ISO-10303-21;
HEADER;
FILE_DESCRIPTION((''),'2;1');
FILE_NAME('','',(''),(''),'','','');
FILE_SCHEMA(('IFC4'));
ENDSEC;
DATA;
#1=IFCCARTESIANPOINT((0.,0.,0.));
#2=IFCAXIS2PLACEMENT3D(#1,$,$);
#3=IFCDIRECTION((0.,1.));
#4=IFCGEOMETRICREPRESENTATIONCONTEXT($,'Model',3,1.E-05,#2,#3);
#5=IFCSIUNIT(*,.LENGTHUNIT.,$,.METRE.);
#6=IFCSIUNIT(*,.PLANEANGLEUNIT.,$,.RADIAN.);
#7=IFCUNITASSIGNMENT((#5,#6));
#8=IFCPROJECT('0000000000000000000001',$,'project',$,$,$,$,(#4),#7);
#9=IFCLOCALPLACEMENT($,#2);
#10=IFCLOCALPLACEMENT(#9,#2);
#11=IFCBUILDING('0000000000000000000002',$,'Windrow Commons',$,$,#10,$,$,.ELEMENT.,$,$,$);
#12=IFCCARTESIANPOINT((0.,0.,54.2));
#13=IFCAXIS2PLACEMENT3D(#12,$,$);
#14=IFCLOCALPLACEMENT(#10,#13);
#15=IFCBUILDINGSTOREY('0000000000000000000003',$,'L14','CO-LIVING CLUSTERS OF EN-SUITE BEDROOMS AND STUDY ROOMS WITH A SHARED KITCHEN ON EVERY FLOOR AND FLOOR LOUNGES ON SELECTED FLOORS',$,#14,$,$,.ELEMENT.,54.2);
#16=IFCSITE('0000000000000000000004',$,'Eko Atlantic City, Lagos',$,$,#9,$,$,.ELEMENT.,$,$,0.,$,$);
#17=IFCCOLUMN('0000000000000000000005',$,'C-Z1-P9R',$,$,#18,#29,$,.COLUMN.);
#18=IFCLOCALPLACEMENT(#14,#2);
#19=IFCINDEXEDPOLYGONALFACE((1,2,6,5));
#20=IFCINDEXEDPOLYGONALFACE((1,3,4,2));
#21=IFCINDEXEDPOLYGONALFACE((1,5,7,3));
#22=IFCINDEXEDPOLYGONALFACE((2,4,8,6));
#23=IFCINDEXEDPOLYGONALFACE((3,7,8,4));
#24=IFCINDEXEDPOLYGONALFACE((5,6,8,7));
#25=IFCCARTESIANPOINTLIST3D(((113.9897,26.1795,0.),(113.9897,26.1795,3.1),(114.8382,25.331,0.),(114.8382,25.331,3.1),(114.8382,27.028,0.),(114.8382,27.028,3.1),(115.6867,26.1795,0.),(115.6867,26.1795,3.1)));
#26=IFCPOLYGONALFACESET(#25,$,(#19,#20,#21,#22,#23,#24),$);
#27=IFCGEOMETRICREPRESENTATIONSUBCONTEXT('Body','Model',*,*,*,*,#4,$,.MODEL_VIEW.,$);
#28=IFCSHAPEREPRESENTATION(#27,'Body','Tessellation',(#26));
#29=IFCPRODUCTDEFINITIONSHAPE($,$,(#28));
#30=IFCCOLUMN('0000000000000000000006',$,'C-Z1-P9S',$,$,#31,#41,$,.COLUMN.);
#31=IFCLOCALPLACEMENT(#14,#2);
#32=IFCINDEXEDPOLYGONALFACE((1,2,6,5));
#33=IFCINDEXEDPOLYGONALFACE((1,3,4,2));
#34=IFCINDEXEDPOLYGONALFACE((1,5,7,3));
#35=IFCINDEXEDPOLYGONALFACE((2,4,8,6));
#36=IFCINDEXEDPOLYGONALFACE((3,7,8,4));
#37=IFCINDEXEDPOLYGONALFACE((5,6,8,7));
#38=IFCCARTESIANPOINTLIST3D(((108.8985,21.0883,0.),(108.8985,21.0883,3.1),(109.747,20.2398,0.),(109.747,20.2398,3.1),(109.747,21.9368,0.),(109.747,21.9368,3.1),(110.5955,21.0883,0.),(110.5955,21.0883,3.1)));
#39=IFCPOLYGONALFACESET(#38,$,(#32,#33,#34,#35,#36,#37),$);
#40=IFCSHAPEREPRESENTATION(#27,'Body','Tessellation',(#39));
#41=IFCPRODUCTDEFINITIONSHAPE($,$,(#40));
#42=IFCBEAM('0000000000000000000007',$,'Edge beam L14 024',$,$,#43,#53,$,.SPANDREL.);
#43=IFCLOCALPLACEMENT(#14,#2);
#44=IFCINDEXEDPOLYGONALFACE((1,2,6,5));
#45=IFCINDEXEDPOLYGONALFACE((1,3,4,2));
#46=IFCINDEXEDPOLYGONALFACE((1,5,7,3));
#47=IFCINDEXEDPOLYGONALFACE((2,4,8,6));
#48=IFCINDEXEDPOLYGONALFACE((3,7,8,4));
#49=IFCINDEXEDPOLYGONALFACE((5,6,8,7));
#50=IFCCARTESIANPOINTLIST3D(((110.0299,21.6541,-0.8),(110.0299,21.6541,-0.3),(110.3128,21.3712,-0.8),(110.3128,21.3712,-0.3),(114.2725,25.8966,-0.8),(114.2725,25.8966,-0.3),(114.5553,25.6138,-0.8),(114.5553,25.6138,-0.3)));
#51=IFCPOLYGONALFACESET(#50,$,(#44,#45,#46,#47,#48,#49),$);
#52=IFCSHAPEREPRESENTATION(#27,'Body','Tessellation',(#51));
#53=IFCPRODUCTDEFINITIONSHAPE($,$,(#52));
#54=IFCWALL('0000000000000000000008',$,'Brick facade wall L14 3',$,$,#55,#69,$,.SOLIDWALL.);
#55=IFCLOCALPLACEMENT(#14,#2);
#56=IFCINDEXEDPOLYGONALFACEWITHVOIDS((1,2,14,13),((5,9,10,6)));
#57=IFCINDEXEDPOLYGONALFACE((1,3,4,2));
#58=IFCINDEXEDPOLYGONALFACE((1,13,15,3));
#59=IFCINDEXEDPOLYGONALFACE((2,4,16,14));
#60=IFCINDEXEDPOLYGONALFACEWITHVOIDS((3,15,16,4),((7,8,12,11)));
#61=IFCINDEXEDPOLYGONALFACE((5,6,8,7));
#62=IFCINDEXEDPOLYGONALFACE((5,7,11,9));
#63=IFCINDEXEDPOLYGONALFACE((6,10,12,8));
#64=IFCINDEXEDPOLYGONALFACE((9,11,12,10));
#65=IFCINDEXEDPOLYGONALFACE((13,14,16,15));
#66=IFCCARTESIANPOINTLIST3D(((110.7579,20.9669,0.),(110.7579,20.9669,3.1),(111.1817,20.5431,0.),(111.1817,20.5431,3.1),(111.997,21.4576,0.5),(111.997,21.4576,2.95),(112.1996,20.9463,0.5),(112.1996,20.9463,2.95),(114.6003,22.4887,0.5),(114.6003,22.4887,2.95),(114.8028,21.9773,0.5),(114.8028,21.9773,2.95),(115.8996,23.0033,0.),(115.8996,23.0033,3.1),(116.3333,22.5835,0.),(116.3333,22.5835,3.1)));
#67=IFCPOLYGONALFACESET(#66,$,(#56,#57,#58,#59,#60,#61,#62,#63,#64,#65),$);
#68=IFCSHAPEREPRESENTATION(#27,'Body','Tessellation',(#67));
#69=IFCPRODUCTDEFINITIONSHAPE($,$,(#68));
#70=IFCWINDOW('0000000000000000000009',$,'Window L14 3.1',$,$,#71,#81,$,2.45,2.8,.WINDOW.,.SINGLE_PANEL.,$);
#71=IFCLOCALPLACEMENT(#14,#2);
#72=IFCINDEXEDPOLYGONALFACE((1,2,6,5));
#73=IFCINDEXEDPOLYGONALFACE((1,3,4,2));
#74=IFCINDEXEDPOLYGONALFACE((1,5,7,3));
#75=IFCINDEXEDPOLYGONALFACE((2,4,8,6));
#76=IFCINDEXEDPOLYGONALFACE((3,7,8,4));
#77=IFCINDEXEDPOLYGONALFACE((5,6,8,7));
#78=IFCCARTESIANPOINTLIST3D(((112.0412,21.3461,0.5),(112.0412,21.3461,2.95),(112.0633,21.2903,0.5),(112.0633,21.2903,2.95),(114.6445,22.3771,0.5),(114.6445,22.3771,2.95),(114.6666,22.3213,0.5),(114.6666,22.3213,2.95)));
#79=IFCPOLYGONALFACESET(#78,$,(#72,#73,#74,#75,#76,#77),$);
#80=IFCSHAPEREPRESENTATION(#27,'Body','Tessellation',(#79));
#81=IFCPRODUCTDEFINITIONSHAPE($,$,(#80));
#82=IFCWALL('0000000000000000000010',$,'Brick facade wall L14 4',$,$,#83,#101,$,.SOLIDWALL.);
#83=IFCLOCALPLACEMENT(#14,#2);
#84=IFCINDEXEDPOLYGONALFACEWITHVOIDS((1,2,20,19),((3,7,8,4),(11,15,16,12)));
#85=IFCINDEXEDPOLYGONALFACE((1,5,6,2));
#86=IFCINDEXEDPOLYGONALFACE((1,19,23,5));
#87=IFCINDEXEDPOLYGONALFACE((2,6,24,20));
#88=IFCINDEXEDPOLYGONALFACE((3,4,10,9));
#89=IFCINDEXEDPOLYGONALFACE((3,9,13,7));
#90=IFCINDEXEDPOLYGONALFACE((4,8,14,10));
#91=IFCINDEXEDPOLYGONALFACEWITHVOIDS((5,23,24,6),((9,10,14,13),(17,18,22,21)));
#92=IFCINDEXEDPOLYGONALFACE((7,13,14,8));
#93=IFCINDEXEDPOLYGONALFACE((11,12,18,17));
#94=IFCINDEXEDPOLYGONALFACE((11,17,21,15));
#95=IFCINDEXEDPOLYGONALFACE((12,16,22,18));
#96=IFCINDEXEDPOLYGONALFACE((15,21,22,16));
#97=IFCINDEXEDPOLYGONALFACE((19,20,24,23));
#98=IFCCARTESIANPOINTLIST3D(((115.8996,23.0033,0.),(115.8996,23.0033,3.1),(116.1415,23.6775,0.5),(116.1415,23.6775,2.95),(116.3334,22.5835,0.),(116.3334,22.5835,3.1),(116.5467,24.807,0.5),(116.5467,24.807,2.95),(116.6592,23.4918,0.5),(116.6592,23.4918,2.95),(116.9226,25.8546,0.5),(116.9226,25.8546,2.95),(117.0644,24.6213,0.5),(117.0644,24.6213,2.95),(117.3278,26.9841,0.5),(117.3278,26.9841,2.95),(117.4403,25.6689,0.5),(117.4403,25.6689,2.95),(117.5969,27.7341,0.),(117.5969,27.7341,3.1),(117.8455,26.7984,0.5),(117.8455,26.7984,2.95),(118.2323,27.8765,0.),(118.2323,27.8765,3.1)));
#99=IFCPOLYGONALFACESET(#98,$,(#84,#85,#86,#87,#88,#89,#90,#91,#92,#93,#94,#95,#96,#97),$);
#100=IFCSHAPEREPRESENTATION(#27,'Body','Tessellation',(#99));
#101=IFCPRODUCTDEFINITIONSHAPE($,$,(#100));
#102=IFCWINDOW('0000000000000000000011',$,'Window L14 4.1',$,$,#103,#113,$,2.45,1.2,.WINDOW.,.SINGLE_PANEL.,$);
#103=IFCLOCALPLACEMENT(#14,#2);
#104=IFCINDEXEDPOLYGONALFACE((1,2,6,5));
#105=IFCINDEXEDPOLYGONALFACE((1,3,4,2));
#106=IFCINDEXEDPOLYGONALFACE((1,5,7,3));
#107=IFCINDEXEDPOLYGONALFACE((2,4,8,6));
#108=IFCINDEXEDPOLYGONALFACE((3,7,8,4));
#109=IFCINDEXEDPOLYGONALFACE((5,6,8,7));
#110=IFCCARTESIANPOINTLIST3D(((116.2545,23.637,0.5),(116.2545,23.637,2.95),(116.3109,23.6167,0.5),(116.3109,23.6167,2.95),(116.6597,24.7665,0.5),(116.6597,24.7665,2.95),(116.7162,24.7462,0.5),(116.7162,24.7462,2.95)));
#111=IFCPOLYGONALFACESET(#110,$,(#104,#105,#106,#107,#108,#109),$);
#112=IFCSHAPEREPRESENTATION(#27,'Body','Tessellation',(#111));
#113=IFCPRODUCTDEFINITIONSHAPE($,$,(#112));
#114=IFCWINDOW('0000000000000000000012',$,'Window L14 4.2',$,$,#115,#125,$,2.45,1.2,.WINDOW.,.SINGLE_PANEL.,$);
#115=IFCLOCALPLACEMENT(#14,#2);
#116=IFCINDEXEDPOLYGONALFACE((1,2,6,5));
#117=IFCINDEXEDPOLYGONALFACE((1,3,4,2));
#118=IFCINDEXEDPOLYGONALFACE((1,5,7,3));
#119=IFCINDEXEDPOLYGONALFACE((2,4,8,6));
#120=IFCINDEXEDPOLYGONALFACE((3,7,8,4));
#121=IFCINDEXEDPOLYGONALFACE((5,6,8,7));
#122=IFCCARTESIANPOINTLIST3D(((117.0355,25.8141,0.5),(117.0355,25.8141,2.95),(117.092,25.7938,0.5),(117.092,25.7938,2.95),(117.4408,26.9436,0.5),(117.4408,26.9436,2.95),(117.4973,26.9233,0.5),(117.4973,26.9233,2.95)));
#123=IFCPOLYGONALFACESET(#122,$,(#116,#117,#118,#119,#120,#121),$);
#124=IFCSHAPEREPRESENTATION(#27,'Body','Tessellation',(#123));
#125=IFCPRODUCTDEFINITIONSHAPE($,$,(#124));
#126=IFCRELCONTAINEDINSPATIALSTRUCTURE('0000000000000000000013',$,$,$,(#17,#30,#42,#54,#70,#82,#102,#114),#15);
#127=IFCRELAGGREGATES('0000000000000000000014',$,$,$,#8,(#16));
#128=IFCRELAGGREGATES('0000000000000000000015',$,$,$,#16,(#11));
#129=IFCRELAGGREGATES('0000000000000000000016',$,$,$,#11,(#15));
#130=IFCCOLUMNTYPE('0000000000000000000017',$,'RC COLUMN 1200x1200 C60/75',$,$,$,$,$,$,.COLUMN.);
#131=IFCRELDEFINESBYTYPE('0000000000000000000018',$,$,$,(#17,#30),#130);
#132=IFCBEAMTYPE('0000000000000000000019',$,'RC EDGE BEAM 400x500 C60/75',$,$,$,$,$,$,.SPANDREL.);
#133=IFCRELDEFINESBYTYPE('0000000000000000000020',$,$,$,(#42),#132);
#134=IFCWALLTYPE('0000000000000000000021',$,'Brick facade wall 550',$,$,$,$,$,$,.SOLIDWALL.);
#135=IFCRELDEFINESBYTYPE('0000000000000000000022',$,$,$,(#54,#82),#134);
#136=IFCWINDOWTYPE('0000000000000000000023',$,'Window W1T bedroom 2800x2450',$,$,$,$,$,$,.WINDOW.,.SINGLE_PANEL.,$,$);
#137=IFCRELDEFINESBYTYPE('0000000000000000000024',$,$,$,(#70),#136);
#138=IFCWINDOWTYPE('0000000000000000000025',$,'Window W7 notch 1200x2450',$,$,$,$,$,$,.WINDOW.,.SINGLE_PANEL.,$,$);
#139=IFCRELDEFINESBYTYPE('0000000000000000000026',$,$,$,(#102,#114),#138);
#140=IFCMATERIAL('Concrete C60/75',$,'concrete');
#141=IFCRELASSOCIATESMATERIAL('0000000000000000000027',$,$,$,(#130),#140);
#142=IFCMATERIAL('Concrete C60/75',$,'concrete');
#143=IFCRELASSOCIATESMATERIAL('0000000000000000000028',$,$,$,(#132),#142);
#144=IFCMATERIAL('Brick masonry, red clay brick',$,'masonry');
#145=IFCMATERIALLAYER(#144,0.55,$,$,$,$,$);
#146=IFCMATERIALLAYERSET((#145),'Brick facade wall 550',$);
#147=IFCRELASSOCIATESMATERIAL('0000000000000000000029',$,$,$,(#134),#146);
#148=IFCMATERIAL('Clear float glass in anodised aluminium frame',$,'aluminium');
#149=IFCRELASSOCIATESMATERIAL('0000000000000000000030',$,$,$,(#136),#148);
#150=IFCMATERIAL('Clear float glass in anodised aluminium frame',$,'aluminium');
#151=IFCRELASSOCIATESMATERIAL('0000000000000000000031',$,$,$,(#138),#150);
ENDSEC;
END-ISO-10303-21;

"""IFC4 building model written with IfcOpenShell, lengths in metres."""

from ifc_helpers import new_model, si_unit, direction, frame, frame_2d, origin, origin_2d, place, context, subcontext, project, spatial, polyline, rectangle, outline, extrude, material, layer, layer_set, material_profile, profile_set, type_object, element, fill, save


model = new_model("IFC4")

# Units and contexts
model_context = context("Model", 3, precision=1e-05, world=origin(), true_north=direction((0.0, 1.0)))
body_context = subcontext(model_context, "Body", "Model", "MODEL_VIEW")
ifc_project = project(units=[si_unit("LENGTHUNIT", "METRE"), si_unit("PLANEANGLEUNIT", "RADIAN")], contexts=[model_context])

# Site, building, storey
site_placement = place(None, origin())
site = spatial("IfcSite", under=ifc_project, at=site_placement, Name="Eko Atlantic City, Lagos", CompositionType="ELEMENT", RefElevation=0.0)
building_placement = place(site_placement, origin())
building = spatial("IfcBuilding", under=site, at=building_placement, Name="Windrow Commons", CompositionType="ELEMENT")
storey_placement = place(building_placement, frame((0.0, 0.0, 54.2)))
storey = spatial("IfcBuildingStorey", under=building, at=storey_placement, Name="L14", Description="CO-LIVING CLUSTERS OF EN-SUITE BEDROOMS AND STUDY ROOMS WITH A SHARED KITCHEN ON EVERY FLOOR AND FLOOR LOUNGES ON SELECTED FLOORS", CompositionType="ELEMENT", Elevation=54.2)

# Columns
ifc_material_1 = material(Name="Concrete C60/75", Category="concrete")
ifc_material_profile_1 = material_profile(ifc_material_1, rectangle(XDim=1.2, YDim=1.2, at=origin_2d()))
ifc_profile_set_1 = profile_set([ifc_material_profile_1], Name="Concrete C60/75")
column_type = type_object("IfcColumnType", Name="RC COLUMN 1200x1200 C60/75", PredefinedType="COLUMN", material=ifc_profile_set_1)
for number, where, z_axis, x_axis, name in (
    (1, (114.8382, 26.1795, 0.0), (0.0, 0.0, 1.0), (0.707107, -0.707107, 0.0), "C-Z1-P9R"),
    (2, (109.747, 21.0883, 0.0), (0.0, 0.0, 1.0), (0.707107, -0.707107, 0.0), "C-Z1-P9S"),
):
    element("IfcColumn", number, at=place(storey_placement, frame(where, z_axis=z_axis, x_axis=x_axis)), inside=storey, type_object=column_type, Name=name, PredefinedType="COLUMN", context=body_context, shape_type="SweptSolid", body=[
        extrude(rectangle(XDim=1.2, YDim=1.2, at=origin_2d()), origin(), (0.0, 0.0, 1.0), 3.1),
    ])

# Beam
ifc_material_2 = material(Name="Concrete C60/75", Category="concrete")
ifc_material_profile_2 = material_profile(ifc_material_2, rectangle(XDim=0.4, YDim=0.5, at=origin_2d()))
ifc_profile_set_2 = profile_set([ifc_material_profile_2], Name="Concrete C60/75")
beam_type = type_object("IfcBeamType", Name="RC EDGE BEAM 400x500 C60/75", PredefinedType="SPANDREL", material=ifc_profile_set_2)
beam_placement = place(storey_placement, frame((114.4139, 25.7552, -0.55), z_axis=(-0.707107, -0.707107, 0.0), x_axis=(0.707107, -0.707107, 0.0)))
element("IfcBeam", 3, at=beam_placement, inside=storey, type_object=beam_type, Name="Edge beam L14 024", PredefinedType="SPANDREL", context=body_context, shape_type="SweptSolid", body=[
    extrude(rectangle(XDim=0.4, YDim=0.5, at=origin_2d()), origin(), (0.0, 0.0, 1.0), 5.9999),
])

# Wall, opening, window
ifc_material_3 = material(Name="Brick masonry, red clay brick", Category="masonry")
ifc_layer_1 = layer(ifc_material_3, 0.55)
ifc_layer_set_1 = layer_set([ifc_layer_1], Name="Brick facade wall 550")
wall_type_1 = type_object("IfcWallType", Name="Brick facade wall 550", PredefinedType="SOLIDWALL", material=ifc_layer_set_1)
wall_1_placement = place(storey_placement, frame((110.9698, 20.755, 0.0), z_axis=(0.0, 0.0, 1.0), x_axis=(0.929735, 0.36823, 0.0)))
wall_1 = element("IfcWall", 4, at=wall_1_placement, inside=storey, type_object=wall_type_1, Name="Brick facade wall L14 3", PredefinedType="SOLIDWALL", context=body_context, shape_type="SweptSolid", body=[
    extrude(outline(polyline([(0.119, -0.275), (5.6599, -0.275), (5.4113, 0.275), (-0.119, 0.275), (0.119, -0.275)])), origin(), (0.0, 0.0, 1.0), 3.1),
])
opening_1_placement = place(wall_1_placement, frame((1.2138, 0.0, 0.5)))
opening_1 = element("IfcOpeningElement", 5, at=opening_1_placement, cuts=wall_1, PredefinedType="OPENING", context=body_context, shape_type="SweptSolid", body=[
    extrude(rectangle(XDim=2.8, YDim=2.45, at=frame_2d((1.4, 1.225))), frame((0.0, 0.285, 0.0), z_axis=(0.0, -1.0, 0.0), x_axis=(1.0, 0.0, 0.0)), (0.0, 0.0, 1.0), 0.57),
])
ifc_material_4 = material(Name="Clear float glass in anodised aluminium frame", Category="aluminium")
window_type_1 = type_object("IfcWindowType", Name="Window W1T bedroom 2800x2450", PartitioningType="SINGLE_PANEL", PredefinedType="WINDOW", material=ifc_material_4)
window_1_placement = place(opening_1_placement, origin())
window_1 = element("IfcWindow", 6, at=window_1_placement, inside=storey, type_object=window_type_1, Name="Window L14 3.1", OverallHeight=2.45, OverallWidth=2.8, PartitioningType="SINGLE_PANEL", PredefinedType="WINDOW", context=body_context, shape_type="SweptSolid", body=[
    extrude(rectangle(XDim=2.8, YDim=2.45, at=frame_2d((1.4, 1.225))), frame((0.0, 0.155, 0.0), z_axis=(0.0, -1.0, 0.0), x_axis=(1.0, 0.0, 0.0)), (0.0, 0.0, 1.0), 0.06),
])
fill(opening_1, window_1)

# Wall, openings, windows
wall_2_placement = place(storey_placement, frame((116.1165, 22.7934, 0.0), z_axis=(0.0, 0.0, 1.0), x_axis=(0.337691, 0.941257, 0.0)))
wall_2 = element("IfcWall", 7, at=wall_2_placement, inside=storey, type_object=wall_type_1, Name="Brick facade wall L14 4", PredefinedType="SOLIDWALL", context=body_context, shape_type="SweptSolid", body=[
    extrude(outline(polyline([(-0.1243, -0.275), (5.499, -0.275), (5.1504, 0.275), (0.1243, 0.275), (-0.1243, -0.275)])), origin(), (0.0, 0.0, 1.0), 3.1),
])
opening_2_placement = place(wall_2_placement, frame((0.8406, 0.0, 0.5)))
opening_2 = element("IfcOpeningElement", 8, at=opening_2_placement, cuts=wall_2, PredefinedType="OPENING", context=body_context, shape_type="SweptSolid", body=[
    extrude(rectangle(XDim=1.2, YDim=2.45, at=frame_2d((0.6, 1.225))), frame((0.0, 0.285, 0.0), z_axis=(0.0, -1.0, 0.0), x_axis=(1.0, 0.0, 0.0)), (0.0, 0.0, 1.0), 0.57),
])
opening_3_placement = place(wall_2_placement, frame((3.1536, 0.0, 0.5)))
opening_3 = element("IfcOpeningElement", 9, at=opening_3_placement, cuts=wall_2, PredefinedType="OPENING", context=body_context, shape_type="SweptSolid", body=[
    extrude(rectangle(XDim=1.2, YDim=2.45, at=frame_2d((0.6, 1.225))), frame((0.0, 0.285, 0.0), z_axis=(0.0, -1.0, 0.0), x_axis=(1.0, 0.0, 0.0)), (0.0, 0.0, 1.0), 0.57),
])
ifc_material_5 = material(Name="Clear float glass in anodised aluminium frame", Category="aluminium")
window_type_2 = type_object("IfcWindowType", Name="Window W7 notch 1200x2450", PartitioningType="SINGLE_PANEL", PredefinedType="WINDOW", material=ifc_material_5)
window_2_placement = place(opening_2_placement, origin())
window_2 = element("IfcWindow", 10, at=window_2_placement, inside=storey, type_object=window_type_2, Name="Window L14 4.1", OverallHeight=2.45, OverallWidth=1.2, PartitioningType="SINGLE_PANEL", PredefinedType="WINDOW", context=body_context, shape_type="SweptSolid", body=[
    extrude(rectangle(XDim=1.2, YDim=2.45, at=frame_2d((0.6, 1.225))), frame((0.0, 0.155, 0.0), z_axis=(0.0, -1.0, 0.0), x_axis=(1.0, 0.0, 0.0)), (0.0, 0.0, 1.0), 0.06),
])
fill(opening_2, window_2)
window_3_placement = place(opening_3_placement, origin())
window_3 = element("IfcWindow", 11, at=window_3_placement, inside=storey, type_object=window_type_2, Name="Window L14 4.2", OverallHeight=2.45, OverallWidth=1.2, PartitioningType="SINGLE_PANEL", PredefinedType="WINDOW", context=body_context, shape_type="SweptSolid", body=[
    extrude(rectangle(XDim=1.2, YDim=2.45, at=frame_2d((0.6, 1.225))), frame((0.0, 0.155, 0.0), z_axis=(0.0, -1.0, 0.0), x_axis=(1.0, 0.0, 0.0)), (0.0, 0.0, 1.0), 0.06),
])
fill(opening_3, window_3)

save(model, "model.ifc")
